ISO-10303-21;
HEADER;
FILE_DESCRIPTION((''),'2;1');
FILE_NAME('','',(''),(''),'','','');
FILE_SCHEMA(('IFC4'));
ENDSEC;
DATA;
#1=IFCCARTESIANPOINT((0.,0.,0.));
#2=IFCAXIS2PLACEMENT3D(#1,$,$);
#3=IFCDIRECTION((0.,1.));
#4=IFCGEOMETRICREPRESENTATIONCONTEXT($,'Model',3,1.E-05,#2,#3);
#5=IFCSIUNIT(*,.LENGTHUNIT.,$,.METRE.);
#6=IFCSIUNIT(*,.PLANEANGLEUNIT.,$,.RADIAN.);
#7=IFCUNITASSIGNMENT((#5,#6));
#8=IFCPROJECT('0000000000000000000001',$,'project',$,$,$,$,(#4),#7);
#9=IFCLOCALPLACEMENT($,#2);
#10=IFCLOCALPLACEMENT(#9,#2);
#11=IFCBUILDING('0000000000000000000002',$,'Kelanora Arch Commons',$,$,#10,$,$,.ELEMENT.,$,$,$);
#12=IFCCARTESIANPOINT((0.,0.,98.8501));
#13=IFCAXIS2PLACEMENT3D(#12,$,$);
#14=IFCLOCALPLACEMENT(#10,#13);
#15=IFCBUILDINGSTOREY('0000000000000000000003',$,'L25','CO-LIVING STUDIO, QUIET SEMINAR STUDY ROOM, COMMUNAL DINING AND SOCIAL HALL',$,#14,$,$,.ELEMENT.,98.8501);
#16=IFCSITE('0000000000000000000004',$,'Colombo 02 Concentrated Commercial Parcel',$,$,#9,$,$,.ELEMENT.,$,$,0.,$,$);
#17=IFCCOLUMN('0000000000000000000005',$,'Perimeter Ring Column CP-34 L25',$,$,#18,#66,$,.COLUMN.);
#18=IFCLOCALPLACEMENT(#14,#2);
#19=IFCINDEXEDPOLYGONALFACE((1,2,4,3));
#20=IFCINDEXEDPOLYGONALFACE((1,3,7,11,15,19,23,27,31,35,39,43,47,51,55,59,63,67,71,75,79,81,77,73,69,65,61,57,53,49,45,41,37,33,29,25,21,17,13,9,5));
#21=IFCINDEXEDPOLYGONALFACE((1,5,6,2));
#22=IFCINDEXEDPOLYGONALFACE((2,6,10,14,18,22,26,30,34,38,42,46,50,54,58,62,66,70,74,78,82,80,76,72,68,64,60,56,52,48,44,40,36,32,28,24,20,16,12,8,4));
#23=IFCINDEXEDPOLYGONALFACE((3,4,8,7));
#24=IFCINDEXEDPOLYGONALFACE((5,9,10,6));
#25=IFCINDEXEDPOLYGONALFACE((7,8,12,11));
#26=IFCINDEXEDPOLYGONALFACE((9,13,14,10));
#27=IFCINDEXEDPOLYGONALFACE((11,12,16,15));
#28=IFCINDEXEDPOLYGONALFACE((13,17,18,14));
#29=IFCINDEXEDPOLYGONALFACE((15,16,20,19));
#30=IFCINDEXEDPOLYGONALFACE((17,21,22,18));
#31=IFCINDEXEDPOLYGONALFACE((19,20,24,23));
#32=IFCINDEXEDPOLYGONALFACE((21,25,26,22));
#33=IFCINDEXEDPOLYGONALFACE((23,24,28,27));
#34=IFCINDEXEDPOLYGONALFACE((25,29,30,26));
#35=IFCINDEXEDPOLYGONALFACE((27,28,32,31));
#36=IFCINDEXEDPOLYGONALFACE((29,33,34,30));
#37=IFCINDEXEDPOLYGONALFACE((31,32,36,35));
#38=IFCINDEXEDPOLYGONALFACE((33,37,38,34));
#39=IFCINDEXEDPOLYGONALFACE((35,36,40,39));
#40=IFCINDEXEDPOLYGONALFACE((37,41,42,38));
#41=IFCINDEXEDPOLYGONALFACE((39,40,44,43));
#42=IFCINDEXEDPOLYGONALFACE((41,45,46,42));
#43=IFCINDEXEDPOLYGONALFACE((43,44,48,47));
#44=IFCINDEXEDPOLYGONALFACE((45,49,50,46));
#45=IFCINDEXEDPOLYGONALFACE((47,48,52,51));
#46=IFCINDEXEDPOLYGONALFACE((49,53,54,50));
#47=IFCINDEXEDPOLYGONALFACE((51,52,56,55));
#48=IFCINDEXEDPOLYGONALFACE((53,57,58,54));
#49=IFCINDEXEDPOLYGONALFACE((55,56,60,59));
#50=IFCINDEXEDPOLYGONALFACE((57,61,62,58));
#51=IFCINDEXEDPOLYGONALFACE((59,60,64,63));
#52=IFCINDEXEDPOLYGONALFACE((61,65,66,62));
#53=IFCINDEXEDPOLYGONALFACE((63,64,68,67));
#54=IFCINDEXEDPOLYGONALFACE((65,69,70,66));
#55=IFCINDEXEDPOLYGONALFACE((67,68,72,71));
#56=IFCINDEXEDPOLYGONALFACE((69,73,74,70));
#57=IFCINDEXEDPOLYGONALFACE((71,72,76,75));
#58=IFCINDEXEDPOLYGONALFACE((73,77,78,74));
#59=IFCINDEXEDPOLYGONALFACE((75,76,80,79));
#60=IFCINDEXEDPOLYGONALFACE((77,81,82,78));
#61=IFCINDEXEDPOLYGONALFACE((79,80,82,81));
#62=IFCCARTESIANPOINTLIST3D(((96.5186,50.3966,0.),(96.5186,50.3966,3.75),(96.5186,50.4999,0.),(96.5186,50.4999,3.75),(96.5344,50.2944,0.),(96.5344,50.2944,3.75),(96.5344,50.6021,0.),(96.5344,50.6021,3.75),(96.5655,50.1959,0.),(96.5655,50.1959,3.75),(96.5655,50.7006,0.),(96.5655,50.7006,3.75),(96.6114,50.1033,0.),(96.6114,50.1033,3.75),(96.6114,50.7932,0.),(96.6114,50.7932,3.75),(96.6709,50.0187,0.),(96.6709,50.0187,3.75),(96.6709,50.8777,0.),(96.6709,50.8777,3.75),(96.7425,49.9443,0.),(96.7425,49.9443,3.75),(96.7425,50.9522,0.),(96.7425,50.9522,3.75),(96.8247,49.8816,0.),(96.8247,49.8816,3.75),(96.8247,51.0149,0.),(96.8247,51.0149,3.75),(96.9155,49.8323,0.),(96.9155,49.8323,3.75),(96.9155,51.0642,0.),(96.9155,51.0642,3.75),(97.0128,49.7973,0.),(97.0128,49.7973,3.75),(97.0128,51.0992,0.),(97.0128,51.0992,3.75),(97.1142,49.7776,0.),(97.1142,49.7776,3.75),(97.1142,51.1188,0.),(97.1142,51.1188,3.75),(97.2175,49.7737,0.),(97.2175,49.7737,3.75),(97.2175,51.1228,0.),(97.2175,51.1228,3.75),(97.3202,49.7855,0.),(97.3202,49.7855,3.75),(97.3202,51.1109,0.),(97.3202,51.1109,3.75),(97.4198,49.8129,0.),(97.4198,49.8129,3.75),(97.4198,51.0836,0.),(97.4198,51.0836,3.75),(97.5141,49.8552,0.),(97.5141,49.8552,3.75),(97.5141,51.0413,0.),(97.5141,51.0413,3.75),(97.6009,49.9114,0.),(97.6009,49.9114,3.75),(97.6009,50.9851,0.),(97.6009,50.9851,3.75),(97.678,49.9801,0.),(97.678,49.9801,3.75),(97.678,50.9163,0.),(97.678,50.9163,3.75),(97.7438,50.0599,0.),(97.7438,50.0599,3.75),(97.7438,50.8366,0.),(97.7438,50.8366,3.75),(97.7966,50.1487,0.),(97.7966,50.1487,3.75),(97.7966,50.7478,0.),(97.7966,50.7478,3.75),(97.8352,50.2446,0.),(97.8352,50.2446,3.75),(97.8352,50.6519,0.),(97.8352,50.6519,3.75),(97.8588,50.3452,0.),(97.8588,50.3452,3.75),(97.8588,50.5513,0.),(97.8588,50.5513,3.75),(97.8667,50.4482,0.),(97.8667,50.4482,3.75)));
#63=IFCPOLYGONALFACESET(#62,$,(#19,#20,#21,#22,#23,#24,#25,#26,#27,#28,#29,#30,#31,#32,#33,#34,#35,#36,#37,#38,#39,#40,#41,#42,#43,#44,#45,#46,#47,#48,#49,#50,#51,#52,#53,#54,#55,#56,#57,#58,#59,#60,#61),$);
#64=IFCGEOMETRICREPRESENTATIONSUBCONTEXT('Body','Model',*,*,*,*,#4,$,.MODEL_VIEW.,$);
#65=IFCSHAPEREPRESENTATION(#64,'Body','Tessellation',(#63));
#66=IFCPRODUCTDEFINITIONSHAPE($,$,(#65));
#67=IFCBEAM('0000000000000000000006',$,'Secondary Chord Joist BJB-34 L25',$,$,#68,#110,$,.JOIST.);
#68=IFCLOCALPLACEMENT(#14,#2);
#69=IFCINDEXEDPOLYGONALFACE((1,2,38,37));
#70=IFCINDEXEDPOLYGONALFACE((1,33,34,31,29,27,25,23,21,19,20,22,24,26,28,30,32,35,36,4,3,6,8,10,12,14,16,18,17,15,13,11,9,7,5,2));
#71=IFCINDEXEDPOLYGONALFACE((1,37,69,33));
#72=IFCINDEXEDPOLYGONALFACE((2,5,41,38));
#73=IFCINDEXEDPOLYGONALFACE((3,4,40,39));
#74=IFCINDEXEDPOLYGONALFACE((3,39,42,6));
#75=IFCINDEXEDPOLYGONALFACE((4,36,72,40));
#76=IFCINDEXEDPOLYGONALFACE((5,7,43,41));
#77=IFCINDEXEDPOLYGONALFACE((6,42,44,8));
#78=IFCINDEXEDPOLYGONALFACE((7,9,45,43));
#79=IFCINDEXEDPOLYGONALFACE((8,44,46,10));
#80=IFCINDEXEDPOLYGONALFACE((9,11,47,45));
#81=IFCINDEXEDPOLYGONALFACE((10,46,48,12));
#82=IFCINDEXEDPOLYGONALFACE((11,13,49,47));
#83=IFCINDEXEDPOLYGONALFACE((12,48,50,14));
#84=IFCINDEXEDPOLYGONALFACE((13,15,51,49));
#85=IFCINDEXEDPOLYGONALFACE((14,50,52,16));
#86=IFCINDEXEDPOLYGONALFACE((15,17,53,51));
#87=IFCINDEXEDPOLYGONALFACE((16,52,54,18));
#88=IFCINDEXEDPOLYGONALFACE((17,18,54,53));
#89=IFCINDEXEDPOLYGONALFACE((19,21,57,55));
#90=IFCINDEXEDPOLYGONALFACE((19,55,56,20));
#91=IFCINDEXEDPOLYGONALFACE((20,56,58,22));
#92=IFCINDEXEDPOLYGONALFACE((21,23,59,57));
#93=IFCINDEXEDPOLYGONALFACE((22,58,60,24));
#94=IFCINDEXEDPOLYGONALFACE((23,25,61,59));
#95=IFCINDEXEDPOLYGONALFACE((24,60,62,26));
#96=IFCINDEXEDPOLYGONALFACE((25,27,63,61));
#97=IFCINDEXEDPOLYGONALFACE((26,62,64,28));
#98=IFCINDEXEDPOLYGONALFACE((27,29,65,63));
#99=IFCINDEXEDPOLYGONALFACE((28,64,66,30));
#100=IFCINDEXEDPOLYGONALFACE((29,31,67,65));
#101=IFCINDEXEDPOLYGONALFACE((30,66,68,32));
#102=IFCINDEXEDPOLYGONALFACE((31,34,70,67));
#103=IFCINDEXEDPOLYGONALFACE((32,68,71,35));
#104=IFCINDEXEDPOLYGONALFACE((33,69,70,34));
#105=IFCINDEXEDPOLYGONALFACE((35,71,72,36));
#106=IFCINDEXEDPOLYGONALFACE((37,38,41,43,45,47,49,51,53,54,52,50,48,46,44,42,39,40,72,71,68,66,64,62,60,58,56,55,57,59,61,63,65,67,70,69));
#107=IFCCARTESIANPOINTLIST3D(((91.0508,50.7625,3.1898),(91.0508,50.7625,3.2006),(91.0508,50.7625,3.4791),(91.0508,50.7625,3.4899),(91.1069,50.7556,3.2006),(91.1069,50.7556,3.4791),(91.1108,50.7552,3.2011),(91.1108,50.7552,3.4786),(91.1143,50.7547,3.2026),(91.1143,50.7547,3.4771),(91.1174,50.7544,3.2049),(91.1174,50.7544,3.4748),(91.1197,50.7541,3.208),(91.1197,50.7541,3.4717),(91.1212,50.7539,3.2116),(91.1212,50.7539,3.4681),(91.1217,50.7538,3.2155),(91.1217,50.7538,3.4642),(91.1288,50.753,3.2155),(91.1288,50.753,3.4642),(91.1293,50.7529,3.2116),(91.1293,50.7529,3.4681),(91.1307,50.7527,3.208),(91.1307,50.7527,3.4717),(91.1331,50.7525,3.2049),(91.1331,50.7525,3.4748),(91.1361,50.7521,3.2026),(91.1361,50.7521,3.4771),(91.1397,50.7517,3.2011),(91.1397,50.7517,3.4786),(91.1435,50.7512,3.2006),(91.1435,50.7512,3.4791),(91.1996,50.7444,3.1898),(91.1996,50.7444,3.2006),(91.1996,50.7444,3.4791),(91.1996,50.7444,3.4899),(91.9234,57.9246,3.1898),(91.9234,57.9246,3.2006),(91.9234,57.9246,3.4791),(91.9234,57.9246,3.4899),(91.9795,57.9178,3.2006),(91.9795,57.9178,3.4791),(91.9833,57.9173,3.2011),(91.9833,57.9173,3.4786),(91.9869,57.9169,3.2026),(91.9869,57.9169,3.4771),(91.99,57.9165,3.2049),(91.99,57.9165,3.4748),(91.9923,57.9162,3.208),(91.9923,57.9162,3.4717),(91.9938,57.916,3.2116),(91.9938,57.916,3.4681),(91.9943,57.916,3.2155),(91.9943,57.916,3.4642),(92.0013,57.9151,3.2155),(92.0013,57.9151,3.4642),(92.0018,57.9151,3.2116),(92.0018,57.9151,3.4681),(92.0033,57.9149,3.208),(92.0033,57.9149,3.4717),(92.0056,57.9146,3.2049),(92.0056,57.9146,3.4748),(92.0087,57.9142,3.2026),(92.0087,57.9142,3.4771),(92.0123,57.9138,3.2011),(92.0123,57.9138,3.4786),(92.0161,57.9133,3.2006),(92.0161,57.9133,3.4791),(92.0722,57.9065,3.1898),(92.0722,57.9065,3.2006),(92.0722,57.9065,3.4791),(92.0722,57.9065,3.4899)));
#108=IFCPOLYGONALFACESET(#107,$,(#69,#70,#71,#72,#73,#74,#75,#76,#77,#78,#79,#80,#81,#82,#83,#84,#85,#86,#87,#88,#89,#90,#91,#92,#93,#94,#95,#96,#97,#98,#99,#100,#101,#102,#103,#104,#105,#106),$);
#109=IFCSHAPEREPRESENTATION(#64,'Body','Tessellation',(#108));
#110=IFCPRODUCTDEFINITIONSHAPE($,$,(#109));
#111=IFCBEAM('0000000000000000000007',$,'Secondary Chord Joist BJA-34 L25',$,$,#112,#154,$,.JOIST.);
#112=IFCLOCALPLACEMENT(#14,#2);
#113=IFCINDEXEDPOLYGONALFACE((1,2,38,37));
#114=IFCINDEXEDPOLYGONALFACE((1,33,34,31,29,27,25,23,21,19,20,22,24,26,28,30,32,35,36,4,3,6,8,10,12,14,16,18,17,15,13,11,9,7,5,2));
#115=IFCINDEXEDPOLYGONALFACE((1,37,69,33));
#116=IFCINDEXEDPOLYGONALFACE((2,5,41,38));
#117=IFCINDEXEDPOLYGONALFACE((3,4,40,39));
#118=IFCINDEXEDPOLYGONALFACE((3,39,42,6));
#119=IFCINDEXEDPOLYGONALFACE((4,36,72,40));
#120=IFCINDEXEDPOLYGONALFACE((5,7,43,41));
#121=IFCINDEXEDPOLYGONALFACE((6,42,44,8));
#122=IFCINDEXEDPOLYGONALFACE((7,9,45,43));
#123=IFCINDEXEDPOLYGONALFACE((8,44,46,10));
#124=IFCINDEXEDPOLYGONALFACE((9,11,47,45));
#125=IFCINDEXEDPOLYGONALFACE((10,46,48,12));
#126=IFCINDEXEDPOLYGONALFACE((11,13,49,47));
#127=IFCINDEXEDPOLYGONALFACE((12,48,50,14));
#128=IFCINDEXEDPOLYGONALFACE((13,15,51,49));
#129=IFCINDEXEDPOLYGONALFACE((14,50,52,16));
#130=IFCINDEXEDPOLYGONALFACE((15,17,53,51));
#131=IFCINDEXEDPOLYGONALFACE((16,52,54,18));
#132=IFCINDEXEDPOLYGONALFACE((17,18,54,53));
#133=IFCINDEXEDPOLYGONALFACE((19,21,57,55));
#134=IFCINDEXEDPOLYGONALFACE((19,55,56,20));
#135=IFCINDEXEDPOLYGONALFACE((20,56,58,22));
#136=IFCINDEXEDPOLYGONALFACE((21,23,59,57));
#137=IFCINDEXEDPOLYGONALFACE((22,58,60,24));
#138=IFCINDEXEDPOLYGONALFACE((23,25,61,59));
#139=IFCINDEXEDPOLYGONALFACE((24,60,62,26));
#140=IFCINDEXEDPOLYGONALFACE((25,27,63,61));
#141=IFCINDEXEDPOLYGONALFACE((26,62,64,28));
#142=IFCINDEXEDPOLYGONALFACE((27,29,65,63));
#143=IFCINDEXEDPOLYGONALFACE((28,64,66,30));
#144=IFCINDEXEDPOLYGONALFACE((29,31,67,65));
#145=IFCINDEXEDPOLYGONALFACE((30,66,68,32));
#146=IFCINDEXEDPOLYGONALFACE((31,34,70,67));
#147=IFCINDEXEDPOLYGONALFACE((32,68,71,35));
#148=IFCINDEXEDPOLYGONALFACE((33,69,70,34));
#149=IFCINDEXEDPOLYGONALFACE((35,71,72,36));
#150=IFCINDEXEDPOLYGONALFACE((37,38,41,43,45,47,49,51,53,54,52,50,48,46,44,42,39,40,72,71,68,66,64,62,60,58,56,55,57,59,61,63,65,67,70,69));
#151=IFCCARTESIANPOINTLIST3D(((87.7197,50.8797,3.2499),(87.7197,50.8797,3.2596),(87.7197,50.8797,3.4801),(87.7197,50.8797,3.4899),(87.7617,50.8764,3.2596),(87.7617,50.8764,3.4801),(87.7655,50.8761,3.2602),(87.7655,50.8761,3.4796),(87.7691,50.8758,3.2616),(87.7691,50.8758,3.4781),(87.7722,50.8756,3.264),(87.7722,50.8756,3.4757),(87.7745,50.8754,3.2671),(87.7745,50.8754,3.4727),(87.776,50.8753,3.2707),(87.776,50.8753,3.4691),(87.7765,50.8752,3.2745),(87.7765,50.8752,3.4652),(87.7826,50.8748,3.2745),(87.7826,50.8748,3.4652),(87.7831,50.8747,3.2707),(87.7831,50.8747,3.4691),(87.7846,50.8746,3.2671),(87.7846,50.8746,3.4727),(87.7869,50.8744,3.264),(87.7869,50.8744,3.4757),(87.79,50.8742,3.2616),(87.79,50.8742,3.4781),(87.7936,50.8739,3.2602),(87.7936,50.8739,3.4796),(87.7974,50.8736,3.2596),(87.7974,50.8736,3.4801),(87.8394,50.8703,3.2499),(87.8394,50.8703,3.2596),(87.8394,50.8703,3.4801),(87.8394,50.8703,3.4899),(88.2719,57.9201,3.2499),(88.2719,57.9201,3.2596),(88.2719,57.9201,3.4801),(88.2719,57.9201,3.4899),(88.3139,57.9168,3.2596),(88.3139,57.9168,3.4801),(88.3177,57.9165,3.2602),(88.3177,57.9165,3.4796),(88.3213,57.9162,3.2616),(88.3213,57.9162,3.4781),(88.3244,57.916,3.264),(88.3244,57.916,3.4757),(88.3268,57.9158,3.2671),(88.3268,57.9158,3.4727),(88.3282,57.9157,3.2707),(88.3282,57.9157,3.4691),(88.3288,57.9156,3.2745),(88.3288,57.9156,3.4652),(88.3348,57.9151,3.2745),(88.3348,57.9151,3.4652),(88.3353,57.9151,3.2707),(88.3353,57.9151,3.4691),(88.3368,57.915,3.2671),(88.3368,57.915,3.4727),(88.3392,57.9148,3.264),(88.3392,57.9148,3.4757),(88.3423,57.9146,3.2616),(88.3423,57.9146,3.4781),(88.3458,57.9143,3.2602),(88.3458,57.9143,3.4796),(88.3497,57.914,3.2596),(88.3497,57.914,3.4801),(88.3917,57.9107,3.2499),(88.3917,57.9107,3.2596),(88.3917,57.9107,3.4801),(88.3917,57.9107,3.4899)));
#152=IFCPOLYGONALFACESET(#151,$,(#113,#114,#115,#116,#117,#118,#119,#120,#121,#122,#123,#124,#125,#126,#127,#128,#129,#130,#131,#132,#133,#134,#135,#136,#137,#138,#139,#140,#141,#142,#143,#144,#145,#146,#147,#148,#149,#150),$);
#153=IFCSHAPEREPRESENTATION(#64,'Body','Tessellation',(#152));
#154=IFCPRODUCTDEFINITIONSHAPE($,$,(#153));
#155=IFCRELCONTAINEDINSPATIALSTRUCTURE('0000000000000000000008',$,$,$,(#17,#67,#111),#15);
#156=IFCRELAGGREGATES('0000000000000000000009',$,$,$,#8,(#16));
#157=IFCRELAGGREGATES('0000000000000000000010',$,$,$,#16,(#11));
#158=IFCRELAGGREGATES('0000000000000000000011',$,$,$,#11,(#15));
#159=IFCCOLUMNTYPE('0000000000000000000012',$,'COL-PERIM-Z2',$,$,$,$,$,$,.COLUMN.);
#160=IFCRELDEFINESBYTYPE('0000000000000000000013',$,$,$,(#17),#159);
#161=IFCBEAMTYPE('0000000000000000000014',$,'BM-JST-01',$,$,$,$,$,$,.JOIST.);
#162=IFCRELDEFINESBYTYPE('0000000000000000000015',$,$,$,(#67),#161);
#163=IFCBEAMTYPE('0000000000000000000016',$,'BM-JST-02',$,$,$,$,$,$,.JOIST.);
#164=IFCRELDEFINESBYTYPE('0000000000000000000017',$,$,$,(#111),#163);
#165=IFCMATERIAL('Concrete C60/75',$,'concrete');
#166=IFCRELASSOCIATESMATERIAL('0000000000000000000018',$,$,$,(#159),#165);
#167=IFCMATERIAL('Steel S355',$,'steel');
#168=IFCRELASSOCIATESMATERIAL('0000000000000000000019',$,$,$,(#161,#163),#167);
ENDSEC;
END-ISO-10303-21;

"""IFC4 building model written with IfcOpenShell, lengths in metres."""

from ifc_helpers import new_model, si_unit, direction, frame, origin, origin_2d, place, context, subcontext, project, spatial, circle, i_section, extrude, material, material_profile, profile_set, type_object, element, save


model = new_model("IFC4")

# Units and contexts
model_context = context("Model", 3, precision=1e-05, world=origin(), true_north=direction((0.0, 1.0)))
body_context = subcontext(model_context, "Body", "Model", "MODEL_VIEW")
ifc_project = project(units=[si_unit("LENGTHUNIT", "METRE"), si_unit("PLANEANGLEUNIT", "RADIAN")], contexts=[model_context])

# Site, building, storey
site_placement = place(None, origin())
site = spatial("IfcSite", under=ifc_project, at=site_placement, Name="Colombo 02 Concentrated Commercial Parcel", CompositionType="ELEMENT", RefElevation=0.0)
building_placement = place(site_placement, origin())
building = spatial("IfcBuilding", under=site, at=building_placement, Name="Kelanora Arch Commons", CompositionType="ELEMENT")
storey_placement = place(building_placement, frame((0.0, 0.0, 98.8501)))
storey = spatial("IfcBuildingStorey", under=building, at=storey_placement, Name="L25", Description="CO-LIVING STUDIO, QUIET SEMINAR STUDY ROOM, COMMUNAL DINING AND SOCIAL HALL", CompositionType="ELEMENT", Elevation=98.8501)

# Column
ifc_material_1 = material(Name="Concrete C60/75", Category="concrete")
ifc_material_profile_1 = material_profile(ifc_material_1, circle(Radius=0.675, at=origin_2d()), Name="RCC1350")
ifc_profile_set_1 = profile_set([ifc_material_profile_1], Name="Concrete C60/75")
column_type = type_object("IfcColumnType", Name="COL-PERIM-Z2", PredefinedType="COLUMN", material=ifc_profile_set_1)
column_placement = place(storey_placement, frame((97.1917, 50.4482, 0.0), z_axis=(0.0, 0.0, 1.0), x_axis=(1.0, 0.0, 0.0)))
element("IfcColumn", 1, at=column_placement, inside=storey, type_object=column_type, Name="Perimeter Ring Column CP-34 L25", PredefinedType="COLUMN", context=body_context, shape_type="SweptSolid", body=[
    extrude(circle(Radius=0.675, at=origin_2d()), origin(), (0.0, 0.0, 1.0), 3.75),
])

# Beams
ifc_material_2 = material(Name="Steel S355", Category="steel")
ifc_material_profile_2 = material_profile(ifc_material_2, i_section(OverallWidth=0.1499, OverallDepth=0.3, WebThickness=0.0071, FlangeThickness=0.0107, FilletRadius=0.0149, at=origin_2d()), Name="IPE300")
ifc_profile_set_2 = profile_set([ifc_material_profile_2], Name="Steel S355")
beam_type_1 = type_object("IfcBeamType", Name="BM-JST-01", PredefinedType="JOIST", material=ifc_profile_set_2)
beam_1_placement = place(storey_placement, frame((91.1252, 50.7534, 3.3398), z_axis=(0.120936, 0.99266, 0.0), x_axis=(-0.99266, 0.120936, 0.0)))
element("IfcBeam", 2, at=beam_1_placement, inside=storey, type_object=beam_type_1, Name="Secondary Chord Joist BJB-34 L25", PredefinedType="JOIST", context=body_context, shape_type="SweptSolid", body=[
    extrude(i_section(OverallWidth=0.1499, OverallDepth=0.3, WebThickness=0.0071, FlangeThickness=0.0107, FilletRadius=0.0149, at=origin_2d()), origin(), (0.0, 0.0, 1.0), 7.2151),
])
ifc_material_profile_3 = material_profile(ifc_material_2, i_section(OverallWidth=0.1201, OverallDepth=0.24, WebThickness=0.0061, FlangeThickness=0.0098, FilletRadius=0.0149, at=origin_2d()), Name="IPE240")
ifc_profile_set_3 = profile_set([ifc_material_profile_3], Name="Steel S355")
beam_type_2 = type_object("IfcBeamType", Name="BM-JST-02", PredefinedType="JOIST", material=ifc_profile_set_3)
beam_2_placement = place(storey_placement, frame((87.7795, 50.875, 3.3699), z_axis=(0.078201, 0.996938, 0.0), x_axis=(-0.996938, 0.078201, 0.0)))
element("IfcBeam", 3, at=beam_2_placement, inside=storey, type_object=beam_type_2, Name="Secondary Chord Joist BJA-34 L25", PredefinedType="JOIST", context=body_context, shape_type="SweptSolid", body=[
    extrude(i_section(OverallWidth=0.1201, OverallDepth=0.24, WebThickness=0.0061, FlangeThickness=0.0098, FilletRadius=0.0149, at=origin_2d()), origin(), (0.0, 0.0, 1.0), 7.062),
])

save(model, "model.ifc")
